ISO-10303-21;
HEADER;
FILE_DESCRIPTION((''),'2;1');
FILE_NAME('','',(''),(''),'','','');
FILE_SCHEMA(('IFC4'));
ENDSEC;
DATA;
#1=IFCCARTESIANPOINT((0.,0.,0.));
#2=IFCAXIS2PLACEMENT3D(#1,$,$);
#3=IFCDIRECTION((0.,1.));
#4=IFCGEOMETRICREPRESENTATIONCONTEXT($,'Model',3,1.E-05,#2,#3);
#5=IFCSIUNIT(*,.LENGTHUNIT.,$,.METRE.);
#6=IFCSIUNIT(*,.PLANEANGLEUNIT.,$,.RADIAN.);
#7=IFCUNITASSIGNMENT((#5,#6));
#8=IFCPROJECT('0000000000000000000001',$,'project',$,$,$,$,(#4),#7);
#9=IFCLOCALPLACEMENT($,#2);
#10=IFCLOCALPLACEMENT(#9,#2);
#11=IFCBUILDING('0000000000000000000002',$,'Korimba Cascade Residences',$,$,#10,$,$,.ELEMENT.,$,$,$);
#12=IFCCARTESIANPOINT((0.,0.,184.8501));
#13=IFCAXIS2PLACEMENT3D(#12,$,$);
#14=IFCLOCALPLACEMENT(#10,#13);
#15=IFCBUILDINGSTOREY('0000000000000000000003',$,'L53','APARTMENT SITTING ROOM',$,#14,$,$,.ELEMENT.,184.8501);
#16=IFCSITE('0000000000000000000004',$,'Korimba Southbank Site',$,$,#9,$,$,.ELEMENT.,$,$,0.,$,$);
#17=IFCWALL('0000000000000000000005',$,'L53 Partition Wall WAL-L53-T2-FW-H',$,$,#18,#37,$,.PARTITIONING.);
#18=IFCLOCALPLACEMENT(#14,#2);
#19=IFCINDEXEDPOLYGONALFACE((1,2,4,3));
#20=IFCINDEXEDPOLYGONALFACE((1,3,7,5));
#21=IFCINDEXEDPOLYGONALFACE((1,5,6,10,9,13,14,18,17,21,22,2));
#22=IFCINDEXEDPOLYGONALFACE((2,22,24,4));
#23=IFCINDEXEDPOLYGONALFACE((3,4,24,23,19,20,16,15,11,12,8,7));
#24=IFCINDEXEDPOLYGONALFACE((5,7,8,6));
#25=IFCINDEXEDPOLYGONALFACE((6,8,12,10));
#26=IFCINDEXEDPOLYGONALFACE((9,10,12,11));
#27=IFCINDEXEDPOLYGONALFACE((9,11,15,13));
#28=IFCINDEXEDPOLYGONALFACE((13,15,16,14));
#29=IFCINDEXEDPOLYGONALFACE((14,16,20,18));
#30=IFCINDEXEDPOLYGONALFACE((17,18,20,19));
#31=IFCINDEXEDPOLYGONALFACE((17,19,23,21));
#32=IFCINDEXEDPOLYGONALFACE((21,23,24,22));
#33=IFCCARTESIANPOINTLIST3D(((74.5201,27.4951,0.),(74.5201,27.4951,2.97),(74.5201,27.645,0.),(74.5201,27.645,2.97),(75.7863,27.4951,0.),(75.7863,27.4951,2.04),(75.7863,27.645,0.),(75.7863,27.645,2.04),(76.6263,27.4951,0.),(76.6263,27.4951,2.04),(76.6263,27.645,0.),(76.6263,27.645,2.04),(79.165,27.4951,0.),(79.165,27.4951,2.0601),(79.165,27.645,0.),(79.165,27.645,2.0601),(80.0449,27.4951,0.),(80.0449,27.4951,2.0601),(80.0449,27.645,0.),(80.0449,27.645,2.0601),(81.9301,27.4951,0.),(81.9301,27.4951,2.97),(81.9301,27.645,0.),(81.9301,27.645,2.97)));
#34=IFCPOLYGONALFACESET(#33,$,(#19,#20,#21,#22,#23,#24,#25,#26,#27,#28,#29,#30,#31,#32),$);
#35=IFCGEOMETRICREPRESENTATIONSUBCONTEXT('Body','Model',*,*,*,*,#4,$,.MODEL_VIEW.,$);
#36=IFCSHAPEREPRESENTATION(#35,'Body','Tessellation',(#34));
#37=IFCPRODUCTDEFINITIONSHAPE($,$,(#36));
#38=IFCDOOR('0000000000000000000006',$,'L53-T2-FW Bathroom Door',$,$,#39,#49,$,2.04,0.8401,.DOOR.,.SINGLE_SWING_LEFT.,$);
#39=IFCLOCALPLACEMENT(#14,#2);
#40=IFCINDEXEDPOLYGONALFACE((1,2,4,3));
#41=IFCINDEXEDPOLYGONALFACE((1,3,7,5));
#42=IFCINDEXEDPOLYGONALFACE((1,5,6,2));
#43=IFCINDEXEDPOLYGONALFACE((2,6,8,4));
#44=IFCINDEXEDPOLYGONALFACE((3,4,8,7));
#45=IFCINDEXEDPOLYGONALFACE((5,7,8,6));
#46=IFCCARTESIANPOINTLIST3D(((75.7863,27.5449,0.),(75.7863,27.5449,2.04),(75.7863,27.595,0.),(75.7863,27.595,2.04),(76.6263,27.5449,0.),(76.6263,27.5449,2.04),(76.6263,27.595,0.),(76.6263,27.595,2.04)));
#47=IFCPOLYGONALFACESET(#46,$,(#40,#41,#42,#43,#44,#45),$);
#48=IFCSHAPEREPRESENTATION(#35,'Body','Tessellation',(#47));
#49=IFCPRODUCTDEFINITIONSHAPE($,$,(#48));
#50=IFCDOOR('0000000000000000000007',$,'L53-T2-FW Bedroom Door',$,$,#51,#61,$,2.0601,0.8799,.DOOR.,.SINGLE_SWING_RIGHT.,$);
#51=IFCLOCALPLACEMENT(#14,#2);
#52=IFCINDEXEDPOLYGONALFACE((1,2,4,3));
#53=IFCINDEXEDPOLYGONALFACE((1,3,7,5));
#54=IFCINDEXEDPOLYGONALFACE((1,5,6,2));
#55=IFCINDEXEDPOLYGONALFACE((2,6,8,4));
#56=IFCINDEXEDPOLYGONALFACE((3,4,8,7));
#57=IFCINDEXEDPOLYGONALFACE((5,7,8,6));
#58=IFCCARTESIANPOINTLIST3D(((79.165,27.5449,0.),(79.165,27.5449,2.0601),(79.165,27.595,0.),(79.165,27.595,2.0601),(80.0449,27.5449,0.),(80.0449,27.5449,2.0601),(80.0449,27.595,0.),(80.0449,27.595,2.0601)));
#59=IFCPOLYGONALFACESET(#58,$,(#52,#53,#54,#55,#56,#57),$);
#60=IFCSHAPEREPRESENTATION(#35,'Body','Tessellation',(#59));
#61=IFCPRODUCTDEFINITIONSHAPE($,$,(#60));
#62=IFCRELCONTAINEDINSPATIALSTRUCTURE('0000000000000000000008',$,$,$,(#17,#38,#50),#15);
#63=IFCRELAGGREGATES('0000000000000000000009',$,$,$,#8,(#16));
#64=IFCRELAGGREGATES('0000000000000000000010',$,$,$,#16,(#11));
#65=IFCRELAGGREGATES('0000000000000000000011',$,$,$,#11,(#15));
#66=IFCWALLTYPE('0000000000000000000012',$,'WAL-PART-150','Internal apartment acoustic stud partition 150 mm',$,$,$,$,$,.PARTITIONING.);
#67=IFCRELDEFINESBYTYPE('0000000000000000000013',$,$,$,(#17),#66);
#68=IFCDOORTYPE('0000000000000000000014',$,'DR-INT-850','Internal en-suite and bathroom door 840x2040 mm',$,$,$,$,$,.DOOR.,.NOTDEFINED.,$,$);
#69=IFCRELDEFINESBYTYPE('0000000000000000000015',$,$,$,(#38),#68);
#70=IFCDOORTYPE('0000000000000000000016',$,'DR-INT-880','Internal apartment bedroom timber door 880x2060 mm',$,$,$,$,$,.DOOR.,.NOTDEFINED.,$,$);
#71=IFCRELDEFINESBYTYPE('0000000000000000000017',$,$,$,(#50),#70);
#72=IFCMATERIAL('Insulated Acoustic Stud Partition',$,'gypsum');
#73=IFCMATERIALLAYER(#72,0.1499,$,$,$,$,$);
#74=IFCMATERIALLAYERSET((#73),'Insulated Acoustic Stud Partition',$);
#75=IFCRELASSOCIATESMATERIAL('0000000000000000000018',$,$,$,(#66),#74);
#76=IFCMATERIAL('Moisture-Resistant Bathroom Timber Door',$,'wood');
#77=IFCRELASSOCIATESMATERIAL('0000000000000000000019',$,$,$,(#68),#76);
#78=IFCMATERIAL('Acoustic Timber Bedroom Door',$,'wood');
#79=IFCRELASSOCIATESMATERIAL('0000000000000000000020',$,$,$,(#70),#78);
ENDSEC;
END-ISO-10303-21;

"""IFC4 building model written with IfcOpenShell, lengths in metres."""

from ifc_helpers import new_model, si_unit, direction, frame, frame_2d, origin, place, context, subcontext, project, spatial, rectangle, extrude, material, layer, layer_set, type_object, element, fill, save


model = new_model("IFC4")

# Units and contexts
model_context = context("Model", 3, precision=1e-05, world=origin(), true_north=direction((0.0, 1.0)))
body_context = subcontext(model_context, "Body", "Model", "MODEL_VIEW")
ifc_project = project(units=[si_unit("LENGTHUNIT", "METRE"), si_unit("PLANEANGLEUNIT", "RADIAN")], contexts=[model_context])

# Site, building, storey
site_placement = place(None, origin())
site = spatial("IfcSite", under=ifc_project, at=site_placement, Name="Korimba Southbank Site", CompositionType="ELEMENT", RefElevation=0.0)
building_placement = place(site_placement, origin())
building = spatial("IfcBuilding", under=site, at=building_placement, Name="Korimba Cascade Residences", CompositionType="ELEMENT")
storey_placement = place(building_placement, frame((0.0, 0.0, 184.8501)))
storey = spatial("IfcBuildingStorey", under=building, at=storey_placement, Name="L53", Description="APARTMENT SITTING ROOM", CompositionType="ELEMENT", Elevation=184.8501)

# Shared definitions
ifc_material_1 = material(Name="Insulated Acoustic Stud Partition", Category="gypsum")
ifc_layer_1 = layer(ifc_material_1, 0.1499)
ifc_layer_set_1 = layer_set([ifc_layer_1], Name="Insulated Acoustic Stud Partition")
wall_type_1 = type_object("IfcWallType", Name="WAL-PART-150", Description="Internal apartment acoustic stud partition 150 mm", PredefinedType="PARTITIONING", material=ifc_layer_set_1)

# Wall, openings, doors
wall_1_placement = place(storey_placement, frame((74.52, 27.5701, 0.0), z_axis=(0.0, 0.0, 1.0), x_axis=(1.0, 0.0, 0.0)))
wall_1 = element("IfcWall", 1, at=wall_1_placement, inside=storey, type_object=wall_type_1, Name="L53 Partition Wall WAL-L53-T2-FW-H", PredefinedType="PARTITIONING", context=body_context, shape_type="SweptSolid", body=[
    extrude(rectangle(XDim=7.4099, YDim=0.1499, at=frame_2d((3.7051, 0.0))), origin(), (0.0, 0.0, 1.0), 2.97),
])
opening_1_placement = place(wall_1_placement, frame((1.2664, 0.0, 0.0)))
opening_1 = element("IfcOpeningElement", 2, at=opening_1_placement, cuts=wall_1, PredefinedType="OPENING", context=body_context, shape_type="SweptSolid", body=[
    extrude(rectangle(XDim=0.8401, YDim=2.04, at=frame_2d((0.4199, 1.02))), frame((0.0, 0.085, 0.0), z_axis=(0.0, -1.0, 0.0), x_axis=(1.0, 0.0, 0.0)), (0.0, 0.0, 1.0), 0.1699),
])
opening_2_placement = place(wall_1_placement, frame((4.645, 0.0, 0.0)))
opening_2 = element("IfcOpeningElement", 3, at=opening_2_placement, cuts=wall_1, PredefinedType="OPENING", context=body_context, shape_type="SweptSolid", body=[
    extrude(rectangle(XDim=0.8799, YDim=2.0601, at=frame_2d((0.4399, 1.03))), frame((0.0, 0.085, 0.0), z_axis=(0.0, -1.0, 0.0), x_axis=(1.0, 0.0, 0.0)), (0.0, 0.0, 1.0), 0.1699),
])
ifc_material_2 = material(Name="Moisture-Resistant Bathroom Timber Door", Category="wood")
door_type_1 = type_object("IfcDoorType", Name="DR-INT-850", Description="Internal en-suite and bathroom door 840x2040 mm", OperationType="NOTDEFINED", PredefinedType="DOOR", material=ifc_material_2)
door_1_placement = place(opening_1_placement, origin())
door_1 = element("IfcDoor", 4, at=door_1_placement, inside=storey, type_object=door_type_1, Name="L53-T2-FW Bathroom Door", OperationType="SINGLE_SWING_LEFT", OverallHeight=2.04, OverallWidth=0.8401, PredefinedType="DOOR", context=body_context, shape_type="SweptSolid", body=[
    extrude(rectangle(XDim=0.8401, YDim=2.04, at=frame_2d((0.4199, 1.02))), frame((0.0, 0.0249, 0.0), z_axis=(0.0, -1.0, 0.0), x_axis=(1.0, 0.0, 0.0)), (0.0, 0.0, 1.0), 0.05),
])
fill(opening_1, door_1)
ifc_material_3 = material(Name="Acoustic Timber Bedroom Door", Category="wood")
door_type_2 = type_object("IfcDoorType", Name="DR-INT-880", Description="Internal apartment bedroom timber door 880x2060 mm", OperationType="NOTDEFINED", PredefinedType="DOOR", material=ifc_material_3)
door_2_placement = place(opening_2_placement, origin())
door_2 = element("IfcDoor", 5, at=door_2_placement, inside=storey, type_object=door_type_2, Name="L53-T2-FW Bedroom Door", OperationType="SINGLE_SWING_RIGHT", OverallHeight=2.0601, OverallWidth=0.8799, PredefinedType="DOOR", context=body_context, shape_type="SweptSolid", body=[
    extrude(rectangle(XDim=0.8799, YDim=2.0601, at=frame_2d((0.4399, 1.03))), frame((0.0, 0.0249, 0.0), z_axis=(0.0, -1.0, 0.0), x_axis=(1.0, 0.0, 0.0)), (0.0, 0.0, 1.0), 0.05),
])
fill(opening_2, door_2)

save(model, "model.ifc")
